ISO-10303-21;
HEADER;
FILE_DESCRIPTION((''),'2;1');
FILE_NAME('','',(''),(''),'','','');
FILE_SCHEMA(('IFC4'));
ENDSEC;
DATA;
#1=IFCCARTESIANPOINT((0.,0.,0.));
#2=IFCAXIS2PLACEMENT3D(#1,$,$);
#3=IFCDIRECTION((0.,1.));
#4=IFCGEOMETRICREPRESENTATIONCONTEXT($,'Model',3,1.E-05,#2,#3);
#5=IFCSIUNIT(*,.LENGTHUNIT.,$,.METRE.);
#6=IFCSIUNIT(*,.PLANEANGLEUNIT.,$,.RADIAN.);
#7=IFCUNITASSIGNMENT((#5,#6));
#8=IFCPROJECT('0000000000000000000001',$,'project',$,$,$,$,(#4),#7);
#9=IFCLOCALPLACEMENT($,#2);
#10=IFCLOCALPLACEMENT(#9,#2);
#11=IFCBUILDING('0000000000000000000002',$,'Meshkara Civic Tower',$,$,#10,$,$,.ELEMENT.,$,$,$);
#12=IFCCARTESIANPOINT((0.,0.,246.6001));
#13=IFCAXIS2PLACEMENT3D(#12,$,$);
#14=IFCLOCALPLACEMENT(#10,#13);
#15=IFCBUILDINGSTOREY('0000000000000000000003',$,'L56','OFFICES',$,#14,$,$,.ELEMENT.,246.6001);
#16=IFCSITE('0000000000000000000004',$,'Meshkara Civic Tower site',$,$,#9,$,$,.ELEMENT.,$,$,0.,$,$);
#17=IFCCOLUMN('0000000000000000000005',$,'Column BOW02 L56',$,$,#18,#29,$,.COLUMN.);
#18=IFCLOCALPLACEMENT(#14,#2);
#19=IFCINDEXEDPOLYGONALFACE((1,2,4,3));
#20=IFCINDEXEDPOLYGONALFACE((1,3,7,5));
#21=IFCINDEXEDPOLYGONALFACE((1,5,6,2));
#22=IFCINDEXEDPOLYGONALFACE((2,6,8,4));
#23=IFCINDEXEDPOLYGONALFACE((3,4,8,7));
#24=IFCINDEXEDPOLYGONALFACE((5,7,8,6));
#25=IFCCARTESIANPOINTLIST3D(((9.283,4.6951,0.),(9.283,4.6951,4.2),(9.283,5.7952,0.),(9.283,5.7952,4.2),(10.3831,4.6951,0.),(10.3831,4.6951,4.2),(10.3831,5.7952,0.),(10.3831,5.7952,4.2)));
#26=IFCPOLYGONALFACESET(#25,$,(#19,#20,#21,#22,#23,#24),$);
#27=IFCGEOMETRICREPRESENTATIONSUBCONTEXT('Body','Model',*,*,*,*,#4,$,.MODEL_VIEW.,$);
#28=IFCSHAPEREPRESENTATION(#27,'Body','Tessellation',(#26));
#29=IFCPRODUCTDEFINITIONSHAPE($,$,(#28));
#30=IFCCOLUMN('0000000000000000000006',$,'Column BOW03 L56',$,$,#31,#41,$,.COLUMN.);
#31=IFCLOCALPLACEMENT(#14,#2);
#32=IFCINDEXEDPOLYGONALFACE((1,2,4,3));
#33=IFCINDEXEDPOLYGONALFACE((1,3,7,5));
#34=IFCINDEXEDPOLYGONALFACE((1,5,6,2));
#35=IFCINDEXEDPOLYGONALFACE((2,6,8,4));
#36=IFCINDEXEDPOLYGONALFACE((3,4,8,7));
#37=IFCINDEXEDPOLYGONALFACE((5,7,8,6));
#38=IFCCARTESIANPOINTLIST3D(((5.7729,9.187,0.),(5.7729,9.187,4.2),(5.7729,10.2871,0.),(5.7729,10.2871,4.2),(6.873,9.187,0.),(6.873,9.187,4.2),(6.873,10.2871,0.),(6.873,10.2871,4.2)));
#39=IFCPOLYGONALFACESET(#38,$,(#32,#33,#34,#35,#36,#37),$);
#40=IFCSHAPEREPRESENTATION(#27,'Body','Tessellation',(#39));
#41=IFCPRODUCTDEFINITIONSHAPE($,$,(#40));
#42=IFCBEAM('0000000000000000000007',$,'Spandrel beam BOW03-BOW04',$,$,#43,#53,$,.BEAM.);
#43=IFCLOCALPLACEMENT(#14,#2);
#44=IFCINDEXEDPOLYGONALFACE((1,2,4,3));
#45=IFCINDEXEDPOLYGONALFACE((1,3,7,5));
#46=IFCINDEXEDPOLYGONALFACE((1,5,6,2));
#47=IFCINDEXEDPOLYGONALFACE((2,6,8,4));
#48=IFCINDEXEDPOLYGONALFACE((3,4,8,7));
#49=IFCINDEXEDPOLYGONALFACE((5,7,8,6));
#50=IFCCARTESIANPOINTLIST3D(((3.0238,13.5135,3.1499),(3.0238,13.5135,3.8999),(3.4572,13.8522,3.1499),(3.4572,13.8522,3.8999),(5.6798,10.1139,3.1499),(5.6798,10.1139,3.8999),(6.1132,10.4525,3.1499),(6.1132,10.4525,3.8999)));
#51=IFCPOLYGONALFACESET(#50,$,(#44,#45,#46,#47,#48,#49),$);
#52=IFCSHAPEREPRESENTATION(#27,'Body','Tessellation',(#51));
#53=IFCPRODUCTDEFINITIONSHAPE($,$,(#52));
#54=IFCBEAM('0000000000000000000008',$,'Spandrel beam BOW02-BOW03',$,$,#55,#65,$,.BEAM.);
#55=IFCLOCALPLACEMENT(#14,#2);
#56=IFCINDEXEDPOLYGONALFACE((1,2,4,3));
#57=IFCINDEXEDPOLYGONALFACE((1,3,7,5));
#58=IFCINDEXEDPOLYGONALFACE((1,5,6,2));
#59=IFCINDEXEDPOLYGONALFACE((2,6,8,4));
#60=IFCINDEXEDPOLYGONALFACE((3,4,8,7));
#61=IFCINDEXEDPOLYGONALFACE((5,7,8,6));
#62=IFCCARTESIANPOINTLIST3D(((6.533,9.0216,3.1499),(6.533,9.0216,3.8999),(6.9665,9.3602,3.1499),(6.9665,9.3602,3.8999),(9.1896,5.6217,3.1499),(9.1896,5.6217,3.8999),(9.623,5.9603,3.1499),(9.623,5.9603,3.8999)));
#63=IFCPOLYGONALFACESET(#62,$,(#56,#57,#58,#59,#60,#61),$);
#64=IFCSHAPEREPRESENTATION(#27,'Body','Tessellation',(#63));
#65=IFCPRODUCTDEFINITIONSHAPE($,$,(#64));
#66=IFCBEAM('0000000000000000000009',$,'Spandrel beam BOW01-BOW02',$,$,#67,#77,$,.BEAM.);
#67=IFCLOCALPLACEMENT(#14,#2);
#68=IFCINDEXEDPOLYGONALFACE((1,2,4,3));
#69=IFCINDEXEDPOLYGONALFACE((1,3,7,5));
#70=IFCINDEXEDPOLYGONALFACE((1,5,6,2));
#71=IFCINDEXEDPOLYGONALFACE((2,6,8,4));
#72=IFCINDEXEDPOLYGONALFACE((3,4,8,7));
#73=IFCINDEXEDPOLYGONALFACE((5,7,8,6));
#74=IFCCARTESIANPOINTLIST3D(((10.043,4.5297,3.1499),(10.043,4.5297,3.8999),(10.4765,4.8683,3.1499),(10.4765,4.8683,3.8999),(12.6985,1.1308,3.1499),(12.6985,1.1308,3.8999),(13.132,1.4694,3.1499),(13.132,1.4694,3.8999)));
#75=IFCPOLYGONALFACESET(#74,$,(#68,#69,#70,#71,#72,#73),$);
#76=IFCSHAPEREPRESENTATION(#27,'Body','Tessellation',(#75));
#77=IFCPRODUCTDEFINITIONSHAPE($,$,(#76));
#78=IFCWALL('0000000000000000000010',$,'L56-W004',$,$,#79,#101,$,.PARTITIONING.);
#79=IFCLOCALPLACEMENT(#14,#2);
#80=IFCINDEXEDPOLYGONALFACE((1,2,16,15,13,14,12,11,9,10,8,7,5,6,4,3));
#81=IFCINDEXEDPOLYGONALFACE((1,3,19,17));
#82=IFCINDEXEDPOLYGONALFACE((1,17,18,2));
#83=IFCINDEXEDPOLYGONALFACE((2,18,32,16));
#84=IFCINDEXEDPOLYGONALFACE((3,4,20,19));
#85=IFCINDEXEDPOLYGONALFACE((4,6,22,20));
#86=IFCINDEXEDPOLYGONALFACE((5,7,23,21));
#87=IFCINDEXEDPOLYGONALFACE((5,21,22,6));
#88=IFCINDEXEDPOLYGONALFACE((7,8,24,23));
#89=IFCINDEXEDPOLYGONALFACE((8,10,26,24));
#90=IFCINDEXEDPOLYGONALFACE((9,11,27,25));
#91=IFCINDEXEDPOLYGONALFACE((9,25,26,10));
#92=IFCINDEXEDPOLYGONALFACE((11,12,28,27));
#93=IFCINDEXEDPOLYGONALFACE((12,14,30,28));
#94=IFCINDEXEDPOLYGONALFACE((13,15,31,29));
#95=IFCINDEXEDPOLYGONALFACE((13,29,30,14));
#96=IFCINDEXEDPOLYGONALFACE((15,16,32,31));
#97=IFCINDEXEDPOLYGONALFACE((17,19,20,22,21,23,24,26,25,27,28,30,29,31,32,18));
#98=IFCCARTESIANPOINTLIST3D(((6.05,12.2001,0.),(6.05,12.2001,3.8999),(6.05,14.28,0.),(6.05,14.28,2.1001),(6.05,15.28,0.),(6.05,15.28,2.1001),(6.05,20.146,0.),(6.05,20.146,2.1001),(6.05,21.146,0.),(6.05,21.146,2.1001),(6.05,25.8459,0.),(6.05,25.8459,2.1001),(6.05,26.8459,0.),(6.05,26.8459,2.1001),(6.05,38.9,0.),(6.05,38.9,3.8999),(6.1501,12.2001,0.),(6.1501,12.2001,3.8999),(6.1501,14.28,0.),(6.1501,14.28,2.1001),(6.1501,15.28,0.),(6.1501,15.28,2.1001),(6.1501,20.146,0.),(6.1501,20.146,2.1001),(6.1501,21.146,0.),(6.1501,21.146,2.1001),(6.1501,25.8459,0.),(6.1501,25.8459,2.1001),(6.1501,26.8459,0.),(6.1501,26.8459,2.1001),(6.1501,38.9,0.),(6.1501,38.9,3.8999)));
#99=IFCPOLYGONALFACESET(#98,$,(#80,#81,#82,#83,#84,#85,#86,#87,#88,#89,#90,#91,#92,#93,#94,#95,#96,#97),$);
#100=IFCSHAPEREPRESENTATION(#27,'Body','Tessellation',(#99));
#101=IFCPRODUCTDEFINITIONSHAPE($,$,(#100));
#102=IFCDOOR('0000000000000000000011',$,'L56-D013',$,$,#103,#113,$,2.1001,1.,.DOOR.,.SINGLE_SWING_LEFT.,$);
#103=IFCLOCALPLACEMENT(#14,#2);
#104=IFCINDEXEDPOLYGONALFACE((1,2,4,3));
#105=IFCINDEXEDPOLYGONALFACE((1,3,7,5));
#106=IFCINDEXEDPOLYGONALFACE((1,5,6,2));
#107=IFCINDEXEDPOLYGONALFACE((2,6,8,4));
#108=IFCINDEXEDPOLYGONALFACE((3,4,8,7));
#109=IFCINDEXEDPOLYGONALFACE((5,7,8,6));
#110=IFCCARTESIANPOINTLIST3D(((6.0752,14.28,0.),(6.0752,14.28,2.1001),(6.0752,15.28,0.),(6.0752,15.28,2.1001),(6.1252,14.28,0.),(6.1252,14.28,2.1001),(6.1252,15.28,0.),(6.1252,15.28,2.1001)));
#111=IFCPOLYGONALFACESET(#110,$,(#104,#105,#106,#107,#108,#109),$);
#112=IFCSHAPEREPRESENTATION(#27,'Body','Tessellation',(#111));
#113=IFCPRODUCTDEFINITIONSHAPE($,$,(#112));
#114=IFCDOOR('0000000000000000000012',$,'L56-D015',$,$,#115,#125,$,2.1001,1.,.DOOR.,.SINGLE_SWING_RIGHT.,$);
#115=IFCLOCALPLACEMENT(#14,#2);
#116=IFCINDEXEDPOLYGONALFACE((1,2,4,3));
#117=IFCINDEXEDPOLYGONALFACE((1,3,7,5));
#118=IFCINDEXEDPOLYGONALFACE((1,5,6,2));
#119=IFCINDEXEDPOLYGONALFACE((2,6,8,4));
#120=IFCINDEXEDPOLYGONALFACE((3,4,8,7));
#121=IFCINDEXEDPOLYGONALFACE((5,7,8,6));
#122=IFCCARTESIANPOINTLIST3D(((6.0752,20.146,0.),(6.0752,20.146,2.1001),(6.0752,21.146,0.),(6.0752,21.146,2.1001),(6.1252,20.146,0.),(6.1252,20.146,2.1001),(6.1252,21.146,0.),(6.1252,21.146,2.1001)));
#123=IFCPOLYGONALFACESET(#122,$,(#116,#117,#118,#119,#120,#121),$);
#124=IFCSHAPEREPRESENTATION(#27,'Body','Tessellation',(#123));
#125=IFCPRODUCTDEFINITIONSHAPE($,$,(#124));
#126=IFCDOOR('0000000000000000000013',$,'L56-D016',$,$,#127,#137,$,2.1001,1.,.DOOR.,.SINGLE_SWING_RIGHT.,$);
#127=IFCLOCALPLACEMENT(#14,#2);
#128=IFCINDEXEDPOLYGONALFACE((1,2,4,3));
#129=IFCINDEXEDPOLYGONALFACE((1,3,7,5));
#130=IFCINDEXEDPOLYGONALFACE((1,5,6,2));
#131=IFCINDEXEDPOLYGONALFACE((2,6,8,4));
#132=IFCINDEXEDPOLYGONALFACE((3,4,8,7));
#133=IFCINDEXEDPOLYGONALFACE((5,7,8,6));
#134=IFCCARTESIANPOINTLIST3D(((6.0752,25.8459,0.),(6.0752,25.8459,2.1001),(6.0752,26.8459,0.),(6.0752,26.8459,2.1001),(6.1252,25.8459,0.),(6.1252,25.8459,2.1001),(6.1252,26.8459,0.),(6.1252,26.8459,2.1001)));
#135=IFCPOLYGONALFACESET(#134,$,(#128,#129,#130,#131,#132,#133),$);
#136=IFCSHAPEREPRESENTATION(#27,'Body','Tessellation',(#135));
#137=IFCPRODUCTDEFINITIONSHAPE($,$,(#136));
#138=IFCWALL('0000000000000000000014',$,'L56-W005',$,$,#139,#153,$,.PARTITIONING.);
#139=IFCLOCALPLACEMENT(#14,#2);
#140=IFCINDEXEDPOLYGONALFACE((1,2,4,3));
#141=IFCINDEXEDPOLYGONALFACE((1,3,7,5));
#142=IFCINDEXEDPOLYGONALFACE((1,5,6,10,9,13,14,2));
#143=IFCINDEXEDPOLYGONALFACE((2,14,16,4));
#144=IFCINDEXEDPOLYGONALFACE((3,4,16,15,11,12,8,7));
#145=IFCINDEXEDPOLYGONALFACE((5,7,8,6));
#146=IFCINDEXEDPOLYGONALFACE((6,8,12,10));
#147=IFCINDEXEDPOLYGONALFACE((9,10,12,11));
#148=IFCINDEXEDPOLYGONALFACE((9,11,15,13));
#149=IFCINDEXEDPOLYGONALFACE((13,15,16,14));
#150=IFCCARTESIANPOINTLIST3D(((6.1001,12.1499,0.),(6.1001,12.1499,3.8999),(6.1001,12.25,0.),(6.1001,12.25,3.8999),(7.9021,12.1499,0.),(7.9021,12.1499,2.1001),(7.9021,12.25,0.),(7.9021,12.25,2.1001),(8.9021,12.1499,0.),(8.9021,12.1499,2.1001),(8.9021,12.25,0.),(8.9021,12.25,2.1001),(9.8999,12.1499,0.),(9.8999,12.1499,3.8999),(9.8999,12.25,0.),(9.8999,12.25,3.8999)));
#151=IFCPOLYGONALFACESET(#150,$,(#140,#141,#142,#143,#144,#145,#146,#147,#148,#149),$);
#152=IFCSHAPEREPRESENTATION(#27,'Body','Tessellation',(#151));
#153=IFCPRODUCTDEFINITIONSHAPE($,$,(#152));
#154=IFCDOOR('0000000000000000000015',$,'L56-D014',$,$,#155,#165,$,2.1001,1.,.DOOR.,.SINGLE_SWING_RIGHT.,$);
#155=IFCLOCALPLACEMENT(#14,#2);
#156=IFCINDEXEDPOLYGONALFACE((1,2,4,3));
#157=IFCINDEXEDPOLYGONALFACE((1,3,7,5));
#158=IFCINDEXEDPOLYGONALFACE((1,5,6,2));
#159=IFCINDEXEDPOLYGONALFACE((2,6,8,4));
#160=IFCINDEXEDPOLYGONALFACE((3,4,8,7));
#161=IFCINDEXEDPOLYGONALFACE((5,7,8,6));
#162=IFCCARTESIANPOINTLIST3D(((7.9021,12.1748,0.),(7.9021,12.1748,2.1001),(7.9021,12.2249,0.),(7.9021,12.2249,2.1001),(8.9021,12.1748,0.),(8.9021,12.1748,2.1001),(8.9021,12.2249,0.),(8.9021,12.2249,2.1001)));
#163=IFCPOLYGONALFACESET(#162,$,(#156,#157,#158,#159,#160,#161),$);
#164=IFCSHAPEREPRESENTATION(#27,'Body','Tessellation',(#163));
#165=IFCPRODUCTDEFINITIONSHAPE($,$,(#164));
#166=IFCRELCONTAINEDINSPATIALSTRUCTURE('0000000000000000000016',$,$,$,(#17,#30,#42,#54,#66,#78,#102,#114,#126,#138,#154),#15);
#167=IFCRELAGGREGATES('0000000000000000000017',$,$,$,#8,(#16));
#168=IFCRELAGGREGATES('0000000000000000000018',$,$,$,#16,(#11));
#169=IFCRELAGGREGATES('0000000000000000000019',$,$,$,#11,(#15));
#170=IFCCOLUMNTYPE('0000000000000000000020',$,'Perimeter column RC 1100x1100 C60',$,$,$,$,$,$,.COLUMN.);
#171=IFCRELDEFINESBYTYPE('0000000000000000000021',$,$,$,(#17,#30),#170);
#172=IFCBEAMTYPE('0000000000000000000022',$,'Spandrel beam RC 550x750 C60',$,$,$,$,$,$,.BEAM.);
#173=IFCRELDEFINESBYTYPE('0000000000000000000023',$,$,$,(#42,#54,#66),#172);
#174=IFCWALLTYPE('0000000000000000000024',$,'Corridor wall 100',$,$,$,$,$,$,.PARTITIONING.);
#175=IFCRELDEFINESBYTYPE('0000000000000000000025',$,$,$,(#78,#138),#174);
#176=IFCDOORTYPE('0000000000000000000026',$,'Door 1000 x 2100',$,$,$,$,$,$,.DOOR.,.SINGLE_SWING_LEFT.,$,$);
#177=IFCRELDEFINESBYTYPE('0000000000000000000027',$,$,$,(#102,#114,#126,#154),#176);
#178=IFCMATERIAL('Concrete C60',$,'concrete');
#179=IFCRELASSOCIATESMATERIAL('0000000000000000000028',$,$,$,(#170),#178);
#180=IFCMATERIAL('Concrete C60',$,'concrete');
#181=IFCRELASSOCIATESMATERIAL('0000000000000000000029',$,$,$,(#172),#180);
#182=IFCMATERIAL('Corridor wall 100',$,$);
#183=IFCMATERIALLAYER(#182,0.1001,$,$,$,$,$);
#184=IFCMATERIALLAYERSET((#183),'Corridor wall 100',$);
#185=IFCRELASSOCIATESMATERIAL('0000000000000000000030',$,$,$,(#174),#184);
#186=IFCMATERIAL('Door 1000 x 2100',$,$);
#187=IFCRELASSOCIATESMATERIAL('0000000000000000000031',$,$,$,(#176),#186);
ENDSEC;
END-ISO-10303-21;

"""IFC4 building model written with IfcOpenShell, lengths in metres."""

from ifc_helpers import new_model, si_unit, direction, frame, frame_2d, origin, origin_2d, place, context, subcontext, project, spatial, rectangle, extrude, material, layer, layer_set, material_profile, profile_set, type_object, element, fill, save


model = new_model("IFC4")

# Units and contexts
model_context = context("Model", 3, precision=1e-05, world=origin(), true_north=direction((0.0, 1.0)))
body_context = subcontext(model_context, "Body", "Model", "MODEL_VIEW")
ifc_project = project(units=[si_unit("LENGTHUNIT", "METRE"), si_unit("PLANEANGLEUNIT", "RADIAN")], contexts=[model_context])

# Site, building, storey
site_placement = place(None, origin())
site = spatial("IfcSite", under=ifc_project, at=site_placement, Name="Meshkara Civic Tower site", CompositionType="ELEMENT", RefElevation=0.0)
building_placement = place(site_placement, origin())
building = spatial("IfcBuilding", under=site, at=building_placement, Name="Meshkara Civic Tower", CompositionType="ELEMENT")
storey_placement = place(building_placement, frame((0.0, 0.0, 246.6001)))
storey = spatial("IfcBuildingStorey", under=building, at=storey_placement, Name="L56", Description="OFFICES", CompositionType="ELEMENT", Elevation=246.6001)

# Columns
ifc_material_1 = material(Name="Concrete C60", Category="concrete")
ifc_material_profile_1 = material_profile(ifc_material_1, rectangle(XDim=1.1001, YDim=1.1001, at=origin_2d()))
ifc_profile_set_1 = profile_set([ifc_material_profile_1], Name="Concrete C60")
column_type = type_object("IfcColumnType", Name="Perimeter column RC 1100x1100 C60", PredefinedType="COLUMN", material=ifc_profile_set_1)
for number, where, z_axis, x_axis, name in (
    (1, (9.833, 5.2451, 0.0), (0.0, 0.0, 1.0), (1.0, 0.0, 0.0), "Column BOW02 L56"),
    (2, (6.323, 9.7371, 0.0), (0.0, 0.0, 1.0), (1.0, 0.0, 0.0), "Column BOW03 L56"),
):
    element("IfcColumn", number, at=place(storey_placement, frame(where, z_axis=z_axis, x_axis=x_axis)), inside=storey, type_object=column_type, Name=name, PredefinedType="COLUMN", context=body_context, shape_type="SweptSolid", body=[
        extrude(rectangle(XDim=1.1001, YDim=1.1001, at=origin_2d()), origin(), (0.0, 0.0, 1.0), 4.2),
    ])

# Beams
ifc_material_2 = material(Name="Concrete C60", Category="concrete")
ifc_material_profile_2 = material_profile(ifc_material_2, rectangle(XDim=0.55, YDim=0.75, at=origin_2d()))
ifc_profile_set_2 = profile_set([ifc_material_profile_2], Name="Concrete C60")
beam_type = type_object("IfcBeamType", Name="Spandrel beam RC 550x750 C60", PredefinedType="BEAM", material=ifc_profile_set_2)
beam_1_placement = place(storey_placement, frame((3.2405, 13.6829, 3.5249), z_axis=(0.615647, -0.788022, 0.0), x_axis=(0.788022, 0.615647, 0.0)))
element("IfcBeam", 3, at=beam_1_placement, inside=storey, type_object=beam_type, Name="Spandrel beam BOW03-BOW04", PredefinedType="BEAM", context=body_context, shape_type="SweptSolid", body=[
    extrude(rectangle(XDim=0.55, YDim=0.75, at=origin_2d()), origin(), (0.0, 0.0, 1.0), 4.3142),
])
beam_2_placement = place(storey_placement, frame((6.7498, 9.1909, 3.5249), z_axis=(0.61569, -0.787988, 0.0), x_axis=(0.787988, 0.61569, 0.0)))
element("IfcBeam", 4, at=beam_2_placement, inside=storey, type_object=beam_type, Name="Spandrel beam BOW02-BOW03", PredefinedType="BEAM", context=body_context, shape_type="SweptSolid", body=[
    extrude(rectangle(XDim=0.55, YDim=0.75, at=origin_2d()), origin(), (0.0, 0.0, 1.0), 4.3147),
])
beam_3_placement = place(storey_placement, frame((10.2598, 4.699, 3.5249), z_axis=(0.615659, -0.788012, 0.0), x_axis=(0.788012, 0.615659, 0.0)))
element("IfcBeam", 5, at=beam_3_placement, inside=storey, type_object=beam_type, Name="Spandrel beam BOW01-BOW02", PredefinedType="BEAM", context=body_context, shape_type="SweptSolid", body=[
    extrude(rectangle(XDim=0.55, YDim=0.75, at=origin_2d()), origin(), (0.0, 0.0, 1.0), 4.3132),
])

# Wall, openings, doors
ifc_material_3 = material(Name="Corridor wall 100")
ifc_layer_1 = layer(ifc_material_3, 0.1001)
ifc_layer_set_1 = layer_set([ifc_layer_1], Name="Corridor wall 100")
wall_type_1 = type_object("IfcWallType", Name="Corridor wall 100", PredefinedType="PARTITIONING", material=ifc_layer_set_1)
wall_1_placement = place(storey_placement, frame((6.1001, 12.2, 0.0), z_axis=(0.0, 0.0, 1.0), x_axis=(0.0, 1.0, 0.0)))
wall_1 = element("IfcWall", 6, at=wall_1_placement, inside=storey, type_object=wall_type_1, Name="L56-W004", PredefinedType="PARTITIONING", context=body_context, shape_type="SweptSolid", body=[
    extrude(rectangle(XDim=26.7, YDim=0.1001, at=frame_2d((13.3501, 0.0))), origin(), (0.0, 0.0, 1.0), 3.8999),
])
opening_1_placement = place(wall_1_placement, frame((2.0801, 0.0, 0.0)))
opening_1 = element("IfcOpeningElement", 7, at=opening_1_placement, cuts=wall_1, PredefinedType="OPENING", context=body_context, shape_type="SweptSolid", body=[
    extrude(rectangle(XDim=1.0, YDim=2.1001, at=frame_2d((0.5, 1.05))), frame((0.0, 0.0601, 0.0), z_axis=(0.0, -1.0, 0.0), x_axis=(1.0, 0.0, 0.0)), (0.0, 0.0, 1.0), 0.1201),
])
opening_2_placement = place(wall_1_placement, frame((7.946, 0.0, 0.0)))
opening_2 = element("IfcOpeningElement", 8, at=opening_2_placement, cuts=wall_1, PredefinedType="OPENING", context=body_context, shape_type="SweptSolid", body=[
    extrude(rectangle(XDim=1.0, YDim=2.1001, at=frame_2d((0.5, 1.05))), frame((0.0, 0.0601, 0.0), z_axis=(0.0, -1.0, 0.0), x_axis=(1.0, 0.0, 0.0)), (0.0, 0.0, 1.0), 0.1201),
])
opening_3_placement = place(wall_1_placement, frame((13.646, 0.0, 0.0)))
opening_3 = element("IfcOpeningElement", 9, at=opening_3_placement, cuts=wall_1, PredefinedType="OPENING", context=body_context, shape_type="SweptSolid", body=[
    extrude(rectangle(XDim=1.0, YDim=2.1001, at=frame_2d((0.5, 1.05))), frame((0.0, 0.0601, 0.0), z_axis=(0.0, -1.0, 0.0), x_axis=(1.0, 0.0, 0.0)), (0.0, 0.0, 1.0), 0.1201),
])
ifc_material_4 = material(Name="Door 1000 x 2100")
door_type_1 = type_object("IfcDoorType", Name="Door 1000 x 2100", OperationType="SINGLE_SWING_LEFT", PredefinedType="DOOR", material=ifc_material_4)
door_1_placement = place(opening_1_placement, origin())
door_1 = element("IfcDoor", 10, at=door_1_placement, inside=storey, type_object=door_type_1, Name="L56-D013", OperationType="SINGLE_SWING_LEFT", OverallHeight=2.1001, OverallWidth=1.0, PredefinedType="DOOR", context=body_context, shape_type="SweptSolid", body=[
    extrude(rectangle(XDim=1.0, YDim=2.1001, at=frame_2d((0.5, 1.05))), frame((0.0, 0.0249, 0.0), z_axis=(0.0, -1.0, 0.0), x_axis=(1.0, 0.0, 0.0)), (0.0, 0.0, 1.0), 0.05),
])
fill(opening_1, door_1)
door_2_placement = place(opening_2_placement, origin())
door_2 = element("IfcDoor", 11, at=door_2_placement, inside=storey, type_object=door_type_1, Name="L56-D015", OperationType="SINGLE_SWING_RIGHT", OverallHeight=2.1001, OverallWidth=1.0, PredefinedType="DOOR", context=body_context, shape_type="SweptSolid", body=[
    extrude(rectangle(XDim=1.0, YDim=2.1001, at=frame_2d((0.5, 1.05))), frame((0.0, 0.0249, 0.0), z_axis=(0.0, -1.0, 0.0), x_axis=(1.0, 0.0, 0.0)), (0.0, 0.0, 1.0), 0.05),
])
fill(opening_2, door_2)
door_3_placement = place(opening_3_placement, origin())
door_3 = element("IfcDoor", 12, at=door_3_placement, inside=storey, type_object=door_type_1, Name="L56-D016", OperationType="SINGLE_SWING_RIGHT", OverallHeight=2.1001, OverallWidth=1.0, PredefinedType="DOOR", context=body_context, shape_type="SweptSolid", body=[
    extrude(rectangle(XDim=1.0, YDim=2.1001, at=frame_2d((0.5, 1.05))), frame((0.0, 0.0249, 0.0), z_axis=(0.0, -1.0, 0.0), x_axis=(1.0, 0.0, 0.0)), (0.0, 0.0, 1.0), 0.05),
])
fill(opening_3, door_3)

# Wall, opening, door
wall_2_placement = place(storey_placement, frame((6.1001, 12.2, 0.0), z_axis=(0.0, 0.0, 1.0), x_axis=(1.0, 0.0, 0.0)))
wall_2 = element("IfcWall", 13, at=wall_2_placement, inside=storey, type_object=wall_type_1, Name="L56-W005", PredefinedType="PARTITIONING", context=body_context, shape_type="SweptSolid", body=[
    extrude(rectangle(XDim=3.7998, YDim=0.1001, at=frame_2d((1.8999, 0.0))), origin(), (0.0, 0.0, 1.0), 3.8999),
])
opening_4_placement = place(wall_2_placement, frame((1.802, 0.0, 0.0)))
opening_4 = element("IfcOpeningElement", 14, at=opening_4_placement, cuts=wall_2, PredefinedType="OPENING", context=body_context, shape_type="SweptSolid", body=[
    extrude(rectangle(XDim=1.0, YDim=2.1001, at=frame_2d((0.5, 1.05))), frame((0.0, 0.0601, 0.0), z_axis=(0.0, -1.0, 0.0), x_axis=(1.0, 0.0, 0.0)), (0.0, 0.0, 1.0), 0.1201),
])
door_4_placement = place(opening_4_placement, origin())
door_4 = element("IfcDoor", 15, at=door_4_placement, inside=storey, type_object=door_type_1, Name="L56-D014", OperationType="SINGLE_SWING_RIGHT", OverallHeight=2.1001, OverallWidth=1.0, PredefinedType="DOOR", context=body_context, shape_type="SweptSolid", body=[
    extrude(rectangle(XDim=1.0, YDim=2.1001, at=frame_2d((0.5, 1.05))), frame((0.0, 0.0249, 0.0), z_axis=(0.0, -1.0, 0.0), x_axis=(1.0, 0.0, 0.0)), (0.0, 0.0, 1.0), 0.05),
])
fill(opening_4, door_4)

save(model, "model.ifc")
